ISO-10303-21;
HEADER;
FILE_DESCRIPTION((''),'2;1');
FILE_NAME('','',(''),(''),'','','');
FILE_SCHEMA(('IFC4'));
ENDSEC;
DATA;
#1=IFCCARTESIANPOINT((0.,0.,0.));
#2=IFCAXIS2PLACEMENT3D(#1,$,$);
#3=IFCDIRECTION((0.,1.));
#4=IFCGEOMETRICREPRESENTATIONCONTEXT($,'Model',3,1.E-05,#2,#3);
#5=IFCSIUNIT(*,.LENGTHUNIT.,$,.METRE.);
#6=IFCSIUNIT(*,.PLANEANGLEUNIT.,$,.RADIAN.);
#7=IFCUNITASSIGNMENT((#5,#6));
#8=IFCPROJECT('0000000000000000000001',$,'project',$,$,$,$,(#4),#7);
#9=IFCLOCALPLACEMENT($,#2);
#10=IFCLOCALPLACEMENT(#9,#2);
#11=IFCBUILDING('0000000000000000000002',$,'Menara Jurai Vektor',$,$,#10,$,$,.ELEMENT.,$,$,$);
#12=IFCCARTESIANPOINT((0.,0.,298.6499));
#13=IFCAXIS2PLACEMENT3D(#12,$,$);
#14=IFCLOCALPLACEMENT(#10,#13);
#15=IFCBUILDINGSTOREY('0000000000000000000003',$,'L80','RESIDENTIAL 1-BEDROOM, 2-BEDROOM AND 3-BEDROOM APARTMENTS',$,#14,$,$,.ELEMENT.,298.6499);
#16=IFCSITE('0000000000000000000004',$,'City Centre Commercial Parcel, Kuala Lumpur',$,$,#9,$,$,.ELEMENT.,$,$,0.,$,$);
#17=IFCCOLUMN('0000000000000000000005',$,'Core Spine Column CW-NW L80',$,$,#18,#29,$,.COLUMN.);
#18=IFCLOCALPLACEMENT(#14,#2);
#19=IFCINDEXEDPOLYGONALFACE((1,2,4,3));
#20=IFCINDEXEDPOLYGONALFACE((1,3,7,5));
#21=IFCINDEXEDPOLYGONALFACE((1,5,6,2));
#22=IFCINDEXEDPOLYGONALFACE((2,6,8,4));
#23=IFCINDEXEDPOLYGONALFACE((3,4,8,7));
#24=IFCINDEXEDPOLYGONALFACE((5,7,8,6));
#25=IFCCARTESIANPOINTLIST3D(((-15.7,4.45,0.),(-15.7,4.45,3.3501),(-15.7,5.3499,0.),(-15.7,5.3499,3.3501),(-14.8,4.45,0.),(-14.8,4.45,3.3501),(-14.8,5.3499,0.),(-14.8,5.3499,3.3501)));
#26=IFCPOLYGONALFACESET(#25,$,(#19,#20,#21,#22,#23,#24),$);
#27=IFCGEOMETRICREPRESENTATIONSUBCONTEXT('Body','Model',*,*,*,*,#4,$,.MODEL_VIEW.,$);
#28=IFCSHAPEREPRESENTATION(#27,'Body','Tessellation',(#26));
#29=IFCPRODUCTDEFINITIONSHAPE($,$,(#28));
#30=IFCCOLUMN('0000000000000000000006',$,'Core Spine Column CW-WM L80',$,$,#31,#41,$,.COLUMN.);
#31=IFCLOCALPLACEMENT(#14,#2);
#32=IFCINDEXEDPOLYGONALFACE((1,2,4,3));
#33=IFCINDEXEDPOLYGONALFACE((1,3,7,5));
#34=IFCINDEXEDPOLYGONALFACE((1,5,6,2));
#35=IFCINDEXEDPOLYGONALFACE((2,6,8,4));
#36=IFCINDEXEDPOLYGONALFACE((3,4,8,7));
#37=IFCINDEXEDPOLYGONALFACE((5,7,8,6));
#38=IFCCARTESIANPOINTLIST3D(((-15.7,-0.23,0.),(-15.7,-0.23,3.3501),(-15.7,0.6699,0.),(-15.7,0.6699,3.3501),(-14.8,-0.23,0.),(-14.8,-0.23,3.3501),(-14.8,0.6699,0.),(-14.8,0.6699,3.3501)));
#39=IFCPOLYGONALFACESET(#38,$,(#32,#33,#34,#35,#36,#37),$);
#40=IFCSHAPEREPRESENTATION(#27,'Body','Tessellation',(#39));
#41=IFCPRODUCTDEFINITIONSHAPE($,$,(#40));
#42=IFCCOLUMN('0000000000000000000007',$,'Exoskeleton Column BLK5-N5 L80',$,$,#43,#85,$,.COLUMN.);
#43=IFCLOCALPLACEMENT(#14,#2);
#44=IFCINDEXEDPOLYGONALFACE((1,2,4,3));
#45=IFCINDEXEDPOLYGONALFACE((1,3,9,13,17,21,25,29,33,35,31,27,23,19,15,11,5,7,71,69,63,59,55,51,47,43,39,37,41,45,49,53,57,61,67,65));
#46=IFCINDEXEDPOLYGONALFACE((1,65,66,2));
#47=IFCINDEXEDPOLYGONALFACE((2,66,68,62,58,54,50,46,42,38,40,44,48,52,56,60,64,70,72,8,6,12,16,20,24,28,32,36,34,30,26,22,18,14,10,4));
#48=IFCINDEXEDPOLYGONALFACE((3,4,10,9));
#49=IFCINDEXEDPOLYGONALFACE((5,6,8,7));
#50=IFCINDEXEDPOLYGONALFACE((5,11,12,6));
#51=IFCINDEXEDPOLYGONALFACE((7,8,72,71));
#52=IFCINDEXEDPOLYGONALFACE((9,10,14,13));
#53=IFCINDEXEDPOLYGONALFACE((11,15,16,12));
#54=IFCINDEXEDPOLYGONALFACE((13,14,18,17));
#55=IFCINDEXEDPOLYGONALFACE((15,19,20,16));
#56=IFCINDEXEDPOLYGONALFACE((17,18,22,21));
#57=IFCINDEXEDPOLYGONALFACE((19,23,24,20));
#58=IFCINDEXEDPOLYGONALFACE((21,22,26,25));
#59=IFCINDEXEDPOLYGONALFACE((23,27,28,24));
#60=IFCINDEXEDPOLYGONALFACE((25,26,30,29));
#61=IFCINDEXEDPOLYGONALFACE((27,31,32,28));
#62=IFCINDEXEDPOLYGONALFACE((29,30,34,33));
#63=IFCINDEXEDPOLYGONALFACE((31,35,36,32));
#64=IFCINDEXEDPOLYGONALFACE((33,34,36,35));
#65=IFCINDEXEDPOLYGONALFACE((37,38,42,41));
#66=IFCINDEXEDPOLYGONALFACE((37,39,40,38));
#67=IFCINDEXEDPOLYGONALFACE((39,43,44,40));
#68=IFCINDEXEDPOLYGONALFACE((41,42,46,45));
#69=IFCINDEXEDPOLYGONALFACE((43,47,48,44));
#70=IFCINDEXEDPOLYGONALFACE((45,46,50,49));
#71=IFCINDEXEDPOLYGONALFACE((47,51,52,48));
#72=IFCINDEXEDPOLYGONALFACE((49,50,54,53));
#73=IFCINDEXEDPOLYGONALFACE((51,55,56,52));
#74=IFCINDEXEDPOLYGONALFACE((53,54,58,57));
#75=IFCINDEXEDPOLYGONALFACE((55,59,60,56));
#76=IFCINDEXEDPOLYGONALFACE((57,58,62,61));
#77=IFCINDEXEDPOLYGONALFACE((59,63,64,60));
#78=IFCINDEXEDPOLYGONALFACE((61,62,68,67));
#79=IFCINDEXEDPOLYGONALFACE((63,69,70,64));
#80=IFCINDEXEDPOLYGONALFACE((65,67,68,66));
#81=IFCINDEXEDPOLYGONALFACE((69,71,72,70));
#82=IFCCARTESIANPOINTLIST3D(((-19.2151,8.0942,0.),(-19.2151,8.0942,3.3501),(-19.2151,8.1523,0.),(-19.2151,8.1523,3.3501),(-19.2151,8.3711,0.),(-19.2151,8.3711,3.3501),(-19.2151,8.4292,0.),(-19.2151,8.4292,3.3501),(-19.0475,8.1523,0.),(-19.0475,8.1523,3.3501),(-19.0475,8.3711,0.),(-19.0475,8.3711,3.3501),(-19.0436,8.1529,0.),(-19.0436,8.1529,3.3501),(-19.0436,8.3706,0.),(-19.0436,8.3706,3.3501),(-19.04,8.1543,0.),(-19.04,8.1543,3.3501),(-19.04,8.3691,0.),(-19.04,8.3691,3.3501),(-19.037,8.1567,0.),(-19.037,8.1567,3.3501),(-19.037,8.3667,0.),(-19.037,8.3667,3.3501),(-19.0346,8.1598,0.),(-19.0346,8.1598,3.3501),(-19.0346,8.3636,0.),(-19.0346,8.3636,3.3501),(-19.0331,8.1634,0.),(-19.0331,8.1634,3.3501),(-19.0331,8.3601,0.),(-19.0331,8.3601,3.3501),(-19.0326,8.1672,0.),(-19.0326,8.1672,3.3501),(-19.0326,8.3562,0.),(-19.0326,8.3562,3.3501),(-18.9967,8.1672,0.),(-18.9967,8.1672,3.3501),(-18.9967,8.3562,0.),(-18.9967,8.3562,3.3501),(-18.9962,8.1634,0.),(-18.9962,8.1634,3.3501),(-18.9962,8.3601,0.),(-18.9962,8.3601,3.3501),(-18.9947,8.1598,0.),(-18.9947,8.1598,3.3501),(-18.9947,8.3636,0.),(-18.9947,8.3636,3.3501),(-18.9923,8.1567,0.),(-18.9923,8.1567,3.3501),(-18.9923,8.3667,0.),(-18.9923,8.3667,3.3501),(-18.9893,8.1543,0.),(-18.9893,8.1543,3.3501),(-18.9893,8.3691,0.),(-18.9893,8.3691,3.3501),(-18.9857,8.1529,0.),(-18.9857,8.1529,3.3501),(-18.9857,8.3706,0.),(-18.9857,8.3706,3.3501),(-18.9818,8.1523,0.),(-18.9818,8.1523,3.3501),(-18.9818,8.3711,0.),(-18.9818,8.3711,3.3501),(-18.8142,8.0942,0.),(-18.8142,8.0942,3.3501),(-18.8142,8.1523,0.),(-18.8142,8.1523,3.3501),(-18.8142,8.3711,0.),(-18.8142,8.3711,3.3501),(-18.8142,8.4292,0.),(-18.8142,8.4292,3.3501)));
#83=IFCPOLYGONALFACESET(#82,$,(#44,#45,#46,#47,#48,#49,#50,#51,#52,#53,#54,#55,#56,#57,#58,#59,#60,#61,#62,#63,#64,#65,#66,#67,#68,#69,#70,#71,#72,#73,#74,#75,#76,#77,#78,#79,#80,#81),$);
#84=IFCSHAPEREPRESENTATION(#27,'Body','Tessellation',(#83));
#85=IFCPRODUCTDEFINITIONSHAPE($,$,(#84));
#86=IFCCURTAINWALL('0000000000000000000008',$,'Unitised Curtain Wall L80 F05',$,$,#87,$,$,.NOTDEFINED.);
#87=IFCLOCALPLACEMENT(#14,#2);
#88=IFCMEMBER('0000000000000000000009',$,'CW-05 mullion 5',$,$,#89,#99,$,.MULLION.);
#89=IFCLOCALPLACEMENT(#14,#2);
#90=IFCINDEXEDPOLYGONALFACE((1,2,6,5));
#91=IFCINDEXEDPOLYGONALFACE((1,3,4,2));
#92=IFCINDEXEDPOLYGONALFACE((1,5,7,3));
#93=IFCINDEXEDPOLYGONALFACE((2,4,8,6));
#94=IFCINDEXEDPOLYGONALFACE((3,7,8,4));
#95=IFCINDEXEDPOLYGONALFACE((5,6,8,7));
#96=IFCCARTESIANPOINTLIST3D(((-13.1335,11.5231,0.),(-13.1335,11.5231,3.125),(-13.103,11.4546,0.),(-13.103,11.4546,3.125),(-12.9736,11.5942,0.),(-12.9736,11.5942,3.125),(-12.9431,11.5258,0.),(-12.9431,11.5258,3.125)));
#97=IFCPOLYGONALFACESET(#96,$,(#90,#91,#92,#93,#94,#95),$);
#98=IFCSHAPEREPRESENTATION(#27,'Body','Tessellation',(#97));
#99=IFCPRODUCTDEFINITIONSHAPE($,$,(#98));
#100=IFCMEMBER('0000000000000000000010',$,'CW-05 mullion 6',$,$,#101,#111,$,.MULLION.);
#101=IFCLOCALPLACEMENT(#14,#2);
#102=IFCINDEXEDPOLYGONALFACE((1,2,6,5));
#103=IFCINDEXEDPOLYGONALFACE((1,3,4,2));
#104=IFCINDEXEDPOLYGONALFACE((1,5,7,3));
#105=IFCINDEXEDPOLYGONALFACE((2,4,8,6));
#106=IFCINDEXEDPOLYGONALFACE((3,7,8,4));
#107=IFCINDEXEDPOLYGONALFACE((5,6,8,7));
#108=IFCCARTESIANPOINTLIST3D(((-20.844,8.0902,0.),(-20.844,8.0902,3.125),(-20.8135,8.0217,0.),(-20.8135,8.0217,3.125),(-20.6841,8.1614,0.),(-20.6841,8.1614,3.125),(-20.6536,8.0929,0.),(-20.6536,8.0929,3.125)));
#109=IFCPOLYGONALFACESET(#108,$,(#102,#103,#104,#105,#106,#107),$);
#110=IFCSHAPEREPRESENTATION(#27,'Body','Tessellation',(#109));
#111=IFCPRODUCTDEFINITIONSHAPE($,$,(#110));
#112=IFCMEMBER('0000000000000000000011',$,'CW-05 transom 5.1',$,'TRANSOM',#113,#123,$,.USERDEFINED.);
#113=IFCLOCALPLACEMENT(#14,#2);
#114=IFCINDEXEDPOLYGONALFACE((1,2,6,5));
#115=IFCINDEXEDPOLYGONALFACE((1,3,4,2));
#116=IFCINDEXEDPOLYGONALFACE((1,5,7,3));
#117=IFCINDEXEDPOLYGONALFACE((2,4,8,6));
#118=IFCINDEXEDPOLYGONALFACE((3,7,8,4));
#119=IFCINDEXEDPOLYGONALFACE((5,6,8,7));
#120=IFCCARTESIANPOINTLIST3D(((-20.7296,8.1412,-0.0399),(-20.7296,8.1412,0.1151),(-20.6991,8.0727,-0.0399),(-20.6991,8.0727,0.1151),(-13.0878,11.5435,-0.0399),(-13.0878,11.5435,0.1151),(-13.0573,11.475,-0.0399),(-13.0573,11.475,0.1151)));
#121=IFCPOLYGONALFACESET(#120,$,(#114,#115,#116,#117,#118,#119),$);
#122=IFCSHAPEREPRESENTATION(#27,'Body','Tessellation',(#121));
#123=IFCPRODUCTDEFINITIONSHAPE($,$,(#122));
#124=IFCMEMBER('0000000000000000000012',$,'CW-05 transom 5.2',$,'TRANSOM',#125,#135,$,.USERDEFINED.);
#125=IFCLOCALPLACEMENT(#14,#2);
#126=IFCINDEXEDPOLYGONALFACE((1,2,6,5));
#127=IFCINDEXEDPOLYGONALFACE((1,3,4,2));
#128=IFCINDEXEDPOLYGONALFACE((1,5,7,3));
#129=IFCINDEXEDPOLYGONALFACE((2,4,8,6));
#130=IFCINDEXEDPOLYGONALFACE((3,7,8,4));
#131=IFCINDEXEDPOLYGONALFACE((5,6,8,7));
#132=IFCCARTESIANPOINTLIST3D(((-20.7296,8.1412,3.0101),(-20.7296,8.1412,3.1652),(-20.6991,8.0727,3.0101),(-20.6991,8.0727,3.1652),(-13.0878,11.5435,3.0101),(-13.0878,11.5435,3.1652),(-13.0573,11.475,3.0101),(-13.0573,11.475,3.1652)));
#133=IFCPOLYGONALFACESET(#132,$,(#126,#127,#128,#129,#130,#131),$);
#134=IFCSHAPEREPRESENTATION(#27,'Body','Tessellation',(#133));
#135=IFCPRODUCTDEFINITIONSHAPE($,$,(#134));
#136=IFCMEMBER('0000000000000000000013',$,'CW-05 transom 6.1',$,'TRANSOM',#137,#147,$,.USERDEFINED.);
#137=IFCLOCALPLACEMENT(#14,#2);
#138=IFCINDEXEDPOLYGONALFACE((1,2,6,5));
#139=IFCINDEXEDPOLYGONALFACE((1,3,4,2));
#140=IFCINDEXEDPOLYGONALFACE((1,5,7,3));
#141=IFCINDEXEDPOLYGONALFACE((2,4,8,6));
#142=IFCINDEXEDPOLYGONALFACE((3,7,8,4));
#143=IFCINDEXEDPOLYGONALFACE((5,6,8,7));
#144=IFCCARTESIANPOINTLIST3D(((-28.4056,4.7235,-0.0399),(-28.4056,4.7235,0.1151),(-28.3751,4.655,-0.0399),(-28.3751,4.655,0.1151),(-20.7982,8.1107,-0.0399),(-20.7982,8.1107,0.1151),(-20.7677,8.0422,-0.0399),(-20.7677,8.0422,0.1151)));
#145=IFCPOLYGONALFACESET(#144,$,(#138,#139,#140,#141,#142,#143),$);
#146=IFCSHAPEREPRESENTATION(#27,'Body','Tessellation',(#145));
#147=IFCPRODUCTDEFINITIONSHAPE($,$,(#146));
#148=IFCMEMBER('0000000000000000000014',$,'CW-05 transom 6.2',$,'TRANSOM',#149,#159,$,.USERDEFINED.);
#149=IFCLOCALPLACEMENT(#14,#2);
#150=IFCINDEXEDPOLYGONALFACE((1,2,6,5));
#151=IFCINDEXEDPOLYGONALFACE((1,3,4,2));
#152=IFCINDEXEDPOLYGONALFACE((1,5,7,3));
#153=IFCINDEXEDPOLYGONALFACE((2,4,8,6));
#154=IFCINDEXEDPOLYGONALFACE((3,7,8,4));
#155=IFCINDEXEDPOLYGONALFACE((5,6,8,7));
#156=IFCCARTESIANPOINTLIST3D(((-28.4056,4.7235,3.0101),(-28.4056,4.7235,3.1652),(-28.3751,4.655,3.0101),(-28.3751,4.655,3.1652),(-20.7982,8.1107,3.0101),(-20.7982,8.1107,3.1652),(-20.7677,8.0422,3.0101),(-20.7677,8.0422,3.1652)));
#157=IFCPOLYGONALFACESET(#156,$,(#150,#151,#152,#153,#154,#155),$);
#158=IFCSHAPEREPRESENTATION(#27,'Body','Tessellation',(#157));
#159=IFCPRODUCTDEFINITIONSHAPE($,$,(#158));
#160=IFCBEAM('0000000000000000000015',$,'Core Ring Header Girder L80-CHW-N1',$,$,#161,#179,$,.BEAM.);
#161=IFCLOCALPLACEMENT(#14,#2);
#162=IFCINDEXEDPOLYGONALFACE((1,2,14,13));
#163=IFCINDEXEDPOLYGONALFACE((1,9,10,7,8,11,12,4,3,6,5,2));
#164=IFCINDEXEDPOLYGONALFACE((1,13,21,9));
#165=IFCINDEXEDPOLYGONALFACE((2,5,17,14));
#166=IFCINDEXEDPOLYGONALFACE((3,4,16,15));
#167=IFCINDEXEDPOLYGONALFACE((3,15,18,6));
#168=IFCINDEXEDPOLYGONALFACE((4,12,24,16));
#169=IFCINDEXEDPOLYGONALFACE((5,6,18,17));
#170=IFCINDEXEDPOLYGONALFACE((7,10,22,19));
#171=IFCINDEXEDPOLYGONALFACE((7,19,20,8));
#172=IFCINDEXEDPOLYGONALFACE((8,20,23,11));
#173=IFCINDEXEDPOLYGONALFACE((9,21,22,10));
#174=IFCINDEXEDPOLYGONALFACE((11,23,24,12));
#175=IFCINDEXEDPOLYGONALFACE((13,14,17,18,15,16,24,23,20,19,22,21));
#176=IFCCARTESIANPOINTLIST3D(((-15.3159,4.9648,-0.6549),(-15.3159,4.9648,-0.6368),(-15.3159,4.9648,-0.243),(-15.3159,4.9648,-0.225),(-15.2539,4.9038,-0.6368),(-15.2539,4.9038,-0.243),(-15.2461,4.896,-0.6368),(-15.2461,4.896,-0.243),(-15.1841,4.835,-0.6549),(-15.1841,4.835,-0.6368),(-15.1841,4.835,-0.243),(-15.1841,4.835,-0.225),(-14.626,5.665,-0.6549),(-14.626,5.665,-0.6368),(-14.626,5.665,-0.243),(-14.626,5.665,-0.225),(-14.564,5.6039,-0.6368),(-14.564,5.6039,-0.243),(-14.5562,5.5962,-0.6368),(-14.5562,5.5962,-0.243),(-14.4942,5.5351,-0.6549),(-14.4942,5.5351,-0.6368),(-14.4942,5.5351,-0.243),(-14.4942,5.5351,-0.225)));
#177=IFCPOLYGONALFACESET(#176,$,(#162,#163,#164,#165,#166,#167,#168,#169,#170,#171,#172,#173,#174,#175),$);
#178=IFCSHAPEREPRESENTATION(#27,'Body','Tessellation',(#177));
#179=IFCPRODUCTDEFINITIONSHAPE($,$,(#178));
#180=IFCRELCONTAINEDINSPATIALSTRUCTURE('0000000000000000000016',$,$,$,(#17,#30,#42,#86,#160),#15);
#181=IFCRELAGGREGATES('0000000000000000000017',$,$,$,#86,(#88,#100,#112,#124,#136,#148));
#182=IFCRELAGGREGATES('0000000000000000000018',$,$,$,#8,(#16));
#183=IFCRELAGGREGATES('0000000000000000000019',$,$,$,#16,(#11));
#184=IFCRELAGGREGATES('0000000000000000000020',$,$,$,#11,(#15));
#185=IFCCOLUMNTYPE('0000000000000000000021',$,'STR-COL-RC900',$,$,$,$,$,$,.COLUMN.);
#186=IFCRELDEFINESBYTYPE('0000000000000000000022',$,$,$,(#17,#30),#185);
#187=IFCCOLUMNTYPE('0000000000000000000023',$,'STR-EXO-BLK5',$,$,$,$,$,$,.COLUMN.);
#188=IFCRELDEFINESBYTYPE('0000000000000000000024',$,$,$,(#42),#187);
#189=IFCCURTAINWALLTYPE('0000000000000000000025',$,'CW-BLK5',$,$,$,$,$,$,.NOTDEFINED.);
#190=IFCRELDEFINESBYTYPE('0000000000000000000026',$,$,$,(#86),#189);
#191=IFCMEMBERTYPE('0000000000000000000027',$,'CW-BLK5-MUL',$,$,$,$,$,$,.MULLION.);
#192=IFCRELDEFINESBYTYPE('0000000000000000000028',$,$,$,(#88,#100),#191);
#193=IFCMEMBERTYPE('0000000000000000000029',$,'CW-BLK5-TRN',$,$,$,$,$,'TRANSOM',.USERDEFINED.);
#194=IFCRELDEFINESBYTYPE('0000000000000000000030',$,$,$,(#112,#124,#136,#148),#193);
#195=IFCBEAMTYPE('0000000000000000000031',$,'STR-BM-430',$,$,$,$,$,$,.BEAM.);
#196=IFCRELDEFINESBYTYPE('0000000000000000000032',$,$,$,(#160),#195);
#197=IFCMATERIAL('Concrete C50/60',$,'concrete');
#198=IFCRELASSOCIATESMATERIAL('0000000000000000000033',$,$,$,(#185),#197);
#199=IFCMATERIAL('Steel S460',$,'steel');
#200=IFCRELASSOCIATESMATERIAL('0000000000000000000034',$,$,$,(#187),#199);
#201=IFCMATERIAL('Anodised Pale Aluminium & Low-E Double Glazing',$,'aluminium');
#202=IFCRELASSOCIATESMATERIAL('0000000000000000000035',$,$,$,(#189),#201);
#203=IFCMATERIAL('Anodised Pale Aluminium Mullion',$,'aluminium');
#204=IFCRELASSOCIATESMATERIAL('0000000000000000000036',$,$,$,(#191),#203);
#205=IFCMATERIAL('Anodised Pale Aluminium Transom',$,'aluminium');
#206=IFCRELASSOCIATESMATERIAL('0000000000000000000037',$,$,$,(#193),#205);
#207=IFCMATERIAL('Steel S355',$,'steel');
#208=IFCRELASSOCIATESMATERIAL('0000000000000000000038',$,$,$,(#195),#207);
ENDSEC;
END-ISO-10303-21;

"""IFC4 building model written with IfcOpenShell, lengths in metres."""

from ifc_helpers import new_model, si_unit, direction, frame, origin, origin_2d, place, context, subcontext, project, spatial, rectangle, i_section, extrude, material, material_profile, profile_set, type_object, element, aggregate, save


model = new_model("IFC4")

# Units and contexts
model_context = context("Model", 3, precision=1e-05, world=origin(), true_north=direction((0.0, 1.0)))
body_context = subcontext(model_context, "Body", "Model", "MODEL_VIEW")
ifc_project = project(units=[si_unit("LENGTHUNIT", "METRE"), si_unit("PLANEANGLEUNIT", "RADIAN")], contexts=[model_context])

# Site, building, storey
site_placement = place(None, origin())
site = spatial("IfcSite", under=ifc_project, at=site_placement, Name="City Centre Commercial Parcel, Kuala Lumpur", CompositionType="ELEMENT", RefElevation=0.0)
building_placement = place(site_placement, origin())
building = spatial("IfcBuilding", under=site, at=building_placement, Name="Menara Jurai Vektor", CompositionType="ELEMENT")
storey_placement = place(building_placement, frame((0.0, 0.0, 298.6499)))
storey = spatial("IfcBuildingStorey", under=building, at=storey_placement, Name="L80", Description="RESIDENTIAL 1-BEDROOM, 2-BEDROOM AND 3-BEDROOM APARTMENTS", CompositionType="ELEMENT", Elevation=298.6499)

# Columns
ifc_material_1 = material(Name="Concrete C50/60", Category="concrete")
ifc_material_profile_1 = material_profile(ifc_material_1, rectangle(XDim=0.8999, YDim=0.8999, at=origin_2d()), Name="RC 900x900")
ifc_profile_set_1 = profile_set([ifc_material_profile_1], Name="Concrete C50/60")
column_type_1 = type_object("IfcColumnType", Name="STR-COL-RC900", PredefinedType="COLUMN", material=ifc_profile_set_1)
for number, where, z_axis, x_axis, name in (
    (1, (-15.25, 4.8999, 0.0), (0.0, 0.0, 1.0), (1.0, 0.0, 0.0), "Core Spine Column CW-NW L80"),
    (2, (-15.25, 0.22, 0.0), (0.0, 0.0, 1.0), (1.0, 0.0, 0.0), "Core Spine Column CW-WM L80"),
):
    element("IfcColumn", number, at=place(storey_placement, frame(where, z_axis=z_axis, x_axis=x_axis)), inside=storey, type_object=column_type_1, Name=name, PredefinedType="COLUMN", context=body_context, shape_type="SweptSolid", body=[
        extrude(rectangle(XDim=0.8999, YDim=0.8999, at=origin_2d()), origin(), (0.0, 0.0, 1.0), 3.3501),
    ])
ifc_material_2 = material(Name="Steel S460", Category="steel")
ifc_material_profile_2 = material_profile(ifc_material_2, i_section(OverallWidth=0.4009, OverallDepth=0.335, WebThickness=0.0359, FlangeThickness=0.0581, FilletRadius=0.0149, at=origin_2d()), Name="HD 400x463")
ifc_profile_set_2 = profile_set([ifc_material_profile_2], Name="Steel S460")
column_type_2 = type_object("IfcColumnType", Name="STR-EXO-BLK5", PredefinedType="COLUMN", material=ifc_profile_set_2)
column_placement = place(storey_placement, frame((-19.0146, 8.2617, 0.0), z_axis=(0.0, 0.0, 1.0), x_axis=(1.0, 0.0, 0.0)))
element("IfcColumn", 3, at=column_placement, inside=storey, type_object=column_type_2, Name="Exoskeleton Column BLK5-N5 L80", PredefinedType="COLUMN", context=body_context, shape_type="SweptSolid", body=[
    extrude(i_section(OverallWidth=0.4009, OverallDepth=0.335, WebThickness=0.0359, FlangeThickness=0.0581, FilletRadius=0.0149, at=origin_2d()), origin(), (0.0, 0.0, 1.0), 3.3501),
])

# Curtain wall, members
ifc_material_3 = material(Name="Anodised Pale Aluminium & Low-E Double Glazing", Category="aluminium")
curtain_wall_type = type_object("IfcCurtainWallType", Name="CW-BLK5", PredefinedType="NOTDEFINED", material=ifc_material_3)
curtain_wall_placement = place(storey_placement, origin())
curtain_wall = element("IfcCurtainWall", 4, at=curtain_wall_placement, inside=storey, type_object=curtain_wall_type, Name="Unitised Curtain Wall L80 F05", PredefinedType="NOTDEFINED")
ifc_material_4 = material(Name="Anodised Pale Aluminium Mullion", Category="aluminium")
ifc_material_profile_3 = material_profile(ifc_material_4, rectangle(XDim=0.075, YDim=0.175, at=origin_2d()), Name="ALU MUL 75x175")
ifc_profile_set_3 = profile_set([ifc_material_profile_3], Name="Anodised Pale Aluminium Mullion")
member_type_1 = type_object("IfcMemberType", Name="CW-BLK5-MUL", PredefinedType="MULLION", material=ifc_profile_set_3)
member_1_placement = place(storey_placement, frame((-13.0383, 11.5244, 0.0), z_axis=(0.0, 0.0, 1.0), x_axis=(0.406735, -0.913546, 0.0)))
member_1 = element("IfcMember", 5, at=member_1_placement, type_object=member_type_1, Name="CW-05 mullion 5", PredefinedType="MULLION", context=body_context, shape_type="SweptSolid", body=[
    extrude(rectangle(XDim=0.075, YDim=0.175, at=origin_2d()), origin(), (0.0, 0.0, 1.0), 3.125),
])
member_2_placement = place(storey_placement, frame((-20.7488, 8.0916, 0.0), z_axis=(0.0, 0.0, 1.0), x_axis=(0.406735, -0.913546, 0.0)))
member_2 = element("IfcMember", 6, at=member_2_placement, type_object=member_type_1, Name="CW-05 mullion 6", PredefinedType="MULLION", context=body_context, shape_type="SweptSolid", body=[
    extrude(rectangle(XDim=0.075, YDim=0.175, at=origin_2d()), origin(), (0.0, 0.0, 1.0), 3.125),
])
ifc_material_5 = material(Name="Anodised Pale Aluminium Transom", Category="aluminium")
ifc_material_profile_4 = material_profile(ifc_material_5, rectangle(XDim=0.075, YDim=0.155, at=origin_2d()), Name="ALU TRN 75x155")
ifc_profile_set_4 = profile_set([ifc_material_profile_4], Name="Anodised Pale Aluminium Transom")
member_type_2 = type_object("IfcMemberType", Name="CW-BLK5-TRN", ElementType="TRANSOM", PredefinedType="USERDEFINED", material=ifc_profile_set_4)
member_3_placement = place(storey_placement, frame((-13.0725, 11.5093, 0.0376), z_axis=(-0.913547, -0.406734, 0.0), x_axis=(0.406734, -0.913547, 0.0)))
member_3 = element("IfcMember", 7, at=member_3_placement, type_object=member_type_2, Name="CW-05 transom 5.1", ObjectType="TRANSOM", PredefinedType="USERDEFINED", context=body_context, shape_type="SweptSolid", body=[
    extrude(rectangle(XDim=0.075, YDim=0.155, at=origin_2d()), origin(), (0.0, 0.0, 1.0), 8.365),
])
member_4_placement = place(storey_placement, frame((-13.0725, 11.5093, 3.0876), z_axis=(-0.913547, -0.406734, 0.0), x_axis=(0.406734, -0.913547, 0.0)))
member_4 = element("IfcMember", 8, at=member_4_placement, type_object=member_type_2, Name="CW-05 transom 5.2", ObjectType="TRANSOM", PredefinedType="USERDEFINED", context=body_context, shape_type="SweptSolid", body=[
    extrude(rectangle(XDim=0.075, YDim=0.155, at=origin_2d()), origin(), (0.0, 0.0, 1.0), 8.365),
])
member_5_placement = place(storey_placement, frame((-20.783, 8.0764, 0.0376), z_axis=(-0.913538, -0.406753, 0.0), x_axis=(0.406753, -0.913538, 0.0)))
member_5 = element("IfcMember", 9, at=member_5_placement, type_object=member_type_2, Name="CW-05 transom 6.1", ObjectType="TRANSOM", PredefinedType="USERDEFINED", context=body_context, shape_type="SweptSolid", body=[
    extrude(rectangle(XDim=0.075, YDim=0.155, at=origin_2d()), origin(), (0.0, 0.0, 1.0), 8.3274),
])
member_6_placement = place(storey_placement, frame((-20.783, 8.0764, 3.0876), z_axis=(-0.913538, -0.406753, 0.0), x_axis=(0.406753, -0.913538, 0.0)))
member_6 = element("IfcMember", 10, at=member_6_placement, type_object=member_type_2, Name="CW-05 transom 6.2", ObjectType="TRANSOM", PredefinedType="USERDEFINED", context=body_context, shape_type="SweptSolid", body=[
    extrude(rectangle(XDim=0.075, YDim=0.155, at=origin_2d()), origin(), (0.0, 0.0, 1.0), 8.3274),
])

# Beam
ifc_material_6 = material(Name="Steel S355", Category="steel")
ifc_material_profile_5 = material_profile(ifc_material_6, i_section(OverallWidth=0.1851, OverallDepth=0.4299, WebThickness=0.011, FlangeThickness=0.0181, at=origin_2d()), Name="PG 430x185x76")
ifc_profile_set_5 = profile_set([ifc_material_profile_5], Name="Steel S355")
beam_type_1 = type_object("IfcBeamType", Name="STR-BM-430", PredefinedType="BEAM", material=ifc_profile_set_5)
beam_1_placement = place(storey_placement, frame((-15.25, 4.8999, -0.4399), z_axis=(0.701872, 0.712303, 0.0), x_axis=(-0.712303, 0.701872, 0.0)))
element("IfcBeam", 11, at=beam_1_placement, inside=storey, type_object=beam_type_1, Name="Core Ring Header Girder L80-CHW-N1", PredefinedType="BEAM", context=body_context, shape_type="SweptSolid", body=[
    extrude(i_section(OverallWidth=0.1851, OverallDepth=0.4299, WebThickness=0.011, FlangeThickness=0.0181, at=origin_2d()), origin(), (0.0, 0.0, 1.0), 0.9829),
])

aggregate(curtain_wall, [member_1, member_2, member_3, member_4, member_5, member_6])

save(model, "model.ifc")
